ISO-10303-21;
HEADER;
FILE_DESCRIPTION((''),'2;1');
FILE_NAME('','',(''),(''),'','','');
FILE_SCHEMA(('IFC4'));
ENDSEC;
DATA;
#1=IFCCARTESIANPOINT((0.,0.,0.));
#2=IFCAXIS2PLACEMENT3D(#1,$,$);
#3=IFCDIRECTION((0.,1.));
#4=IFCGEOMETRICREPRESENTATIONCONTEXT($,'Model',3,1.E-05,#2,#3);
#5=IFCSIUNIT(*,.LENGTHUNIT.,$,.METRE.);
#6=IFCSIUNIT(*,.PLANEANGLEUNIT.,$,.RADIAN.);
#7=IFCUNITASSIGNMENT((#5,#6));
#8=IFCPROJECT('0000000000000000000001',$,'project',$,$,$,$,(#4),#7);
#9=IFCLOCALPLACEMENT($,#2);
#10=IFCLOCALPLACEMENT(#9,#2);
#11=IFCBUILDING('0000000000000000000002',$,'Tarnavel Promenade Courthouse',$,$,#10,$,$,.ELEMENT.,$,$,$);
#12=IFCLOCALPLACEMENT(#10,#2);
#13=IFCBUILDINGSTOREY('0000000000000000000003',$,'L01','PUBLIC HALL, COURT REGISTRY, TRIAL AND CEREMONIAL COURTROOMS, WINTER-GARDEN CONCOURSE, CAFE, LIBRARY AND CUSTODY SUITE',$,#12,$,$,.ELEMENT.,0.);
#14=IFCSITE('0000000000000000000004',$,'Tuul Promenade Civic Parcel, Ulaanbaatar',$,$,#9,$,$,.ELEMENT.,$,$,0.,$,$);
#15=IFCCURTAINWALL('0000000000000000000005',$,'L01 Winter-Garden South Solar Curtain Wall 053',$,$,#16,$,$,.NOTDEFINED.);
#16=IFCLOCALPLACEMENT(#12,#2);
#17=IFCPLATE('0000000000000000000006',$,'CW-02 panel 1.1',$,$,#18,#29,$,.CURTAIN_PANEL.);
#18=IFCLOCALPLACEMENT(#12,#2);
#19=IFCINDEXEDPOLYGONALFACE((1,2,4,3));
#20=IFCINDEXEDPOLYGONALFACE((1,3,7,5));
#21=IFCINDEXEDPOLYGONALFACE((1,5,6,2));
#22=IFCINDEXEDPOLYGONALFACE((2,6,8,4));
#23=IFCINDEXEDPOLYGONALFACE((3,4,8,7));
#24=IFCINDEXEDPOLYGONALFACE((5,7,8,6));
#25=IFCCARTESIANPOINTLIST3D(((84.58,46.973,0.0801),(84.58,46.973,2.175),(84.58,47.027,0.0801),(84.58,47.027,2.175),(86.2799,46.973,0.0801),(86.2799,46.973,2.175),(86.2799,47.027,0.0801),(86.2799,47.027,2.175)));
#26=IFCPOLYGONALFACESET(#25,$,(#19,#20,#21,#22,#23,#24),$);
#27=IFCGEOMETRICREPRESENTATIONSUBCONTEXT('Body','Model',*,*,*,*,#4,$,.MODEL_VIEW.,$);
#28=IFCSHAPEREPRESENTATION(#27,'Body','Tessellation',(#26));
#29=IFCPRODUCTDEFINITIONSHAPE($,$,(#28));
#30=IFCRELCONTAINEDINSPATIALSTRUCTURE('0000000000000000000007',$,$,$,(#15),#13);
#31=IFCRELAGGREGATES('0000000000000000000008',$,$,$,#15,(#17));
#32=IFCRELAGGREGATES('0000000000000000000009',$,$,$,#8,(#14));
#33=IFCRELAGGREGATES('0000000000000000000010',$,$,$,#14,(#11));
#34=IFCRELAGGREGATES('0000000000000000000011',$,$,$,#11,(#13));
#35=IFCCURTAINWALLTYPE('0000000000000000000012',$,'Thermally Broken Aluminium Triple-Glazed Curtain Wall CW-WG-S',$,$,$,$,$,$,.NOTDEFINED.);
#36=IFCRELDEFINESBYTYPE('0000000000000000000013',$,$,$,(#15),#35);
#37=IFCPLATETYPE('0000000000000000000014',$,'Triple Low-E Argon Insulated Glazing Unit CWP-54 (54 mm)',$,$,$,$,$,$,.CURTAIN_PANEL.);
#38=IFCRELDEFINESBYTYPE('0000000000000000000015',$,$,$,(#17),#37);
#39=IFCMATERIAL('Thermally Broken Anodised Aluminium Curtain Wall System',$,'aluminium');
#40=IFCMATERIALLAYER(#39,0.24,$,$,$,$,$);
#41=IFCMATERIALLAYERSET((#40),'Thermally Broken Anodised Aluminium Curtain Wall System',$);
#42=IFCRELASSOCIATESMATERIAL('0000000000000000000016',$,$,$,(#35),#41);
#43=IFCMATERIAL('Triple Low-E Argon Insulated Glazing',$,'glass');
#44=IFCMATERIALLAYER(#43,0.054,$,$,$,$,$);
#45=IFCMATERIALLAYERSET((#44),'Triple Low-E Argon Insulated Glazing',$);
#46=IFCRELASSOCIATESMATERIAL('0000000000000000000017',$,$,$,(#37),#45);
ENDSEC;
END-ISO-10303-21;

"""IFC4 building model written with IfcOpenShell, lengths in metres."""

from ifc_helpers import new_model, si_unit, direction, frame, origin, origin_2d, place, context, subcontext, project, spatial, rectangle, extrude, material, layer, layer_set, type_object, element, aggregate, save


model = new_model("IFC4")

# Units and contexts
model_context = context("Model", 3, precision=1e-05, world=origin(), true_north=direction((0.0, 1.0)))
body_context = subcontext(model_context, "Body", "Model", "MODEL_VIEW")
ifc_project = project(units=[si_unit("LENGTHUNIT", "METRE"), si_unit("PLANEANGLEUNIT", "RADIAN")], contexts=[model_context])

# Site, building, storey
site_placement = place(None, origin())
site = spatial("IfcSite", under=ifc_project, at=site_placement, Name="Tuul Promenade Civic Parcel, Ulaanbaatar", CompositionType="ELEMENT", RefElevation=0.0)
building_placement = place(site_placement, origin())
building = spatial("IfcBuilding", under=site, at=building_placement, Name="Tarnavel Promenade Courthouse", CompositionType="ELEMENT")
storey_placement = place(building_placement, origin())
storey = spatial("IfcBuildingStorey", under=building, at=storey_placement, Name="L01", Description="PUBLIC HALL, COURT REGISTRY, TRIAL AND CEREMONIAL COURTROOMS, WINTER-GARDEN CONCOURSE, CAFE, LIBRARY AND CUSTODY SUITE", CompositionType="ELEMENT", Elevation=0.0)

# Shared definitions
ifc_material_1 = material(Name="Thermally Broken Anodised Aluminium Curtain Wall System", Category="aluminium")
ifc_layer_1 = layer(ifc_material_1, 0.24)
ifc_layer_set_1 = layer_set([ifc_layer_1], Name="Thermally Broken Anodised Aluminium Curtain Wall System")
curtain_wall_type = type_object("IfcCurtainWallType", Name="Thermally Broken Aluminium Triple-Glazed Curtain Wall CW-WG-S", PredefinedType="NOTDEFINED", material=ifc_layer_set_1)

# Curtain wall
curtain_wall_1_placement = place(storey_placement, origin())
curtain_wall_1 = element("IfcCurtainWall", 1, at=curtain_wall_1_placement, inside=storey, type_object=curtain_wall_type, Name="L01 Winter-Garden South Solar Curtain Wall 053", PredefinedType="NOTDEFINED")

# Plate
ifc_material_2 = material(Name="Triple Low-E Argon Insulated Glazing", Category="glass")
ifc_layer_2 = layer(ifc_material_2, 0.054)
ifc_layer_set_2 = layer_set([ifc_layer_2], Name="Triple Low-E Argon Insulated Glazing")
plate_type = type_object("IfcPlateType", Name="Triple Low-E Argon Insulated Glazing Unit CWP-54 (54 mm)", PredefinedType="CURTAIN_PANEL", material=ifc_layer_set_2)
plate_1_placement = place(storey_placement, frame((85.4299, 47.0, 0.0801), z_axis=(0.0, 0.0, 1.0), x_axis=(1.0, 0.0, 0.0)))
plate_1 = element("IfcPlate", 2, at=plate_1_placement, type_object=plate_type, Name="CW-02 panel 1.1", PredefinedType="CURTAIN_PANEL", context=body_context, shape_type="SweptSolid", body=[
    extrude(rectangle(XDim=1.7, YDim=0.054, at=origin_2d()), origin(), (0.0, 0.0, 1.0), 2.095),
])
aggregate(curtain_wall_1, [plate_1])

save(model, "model.ifc")
